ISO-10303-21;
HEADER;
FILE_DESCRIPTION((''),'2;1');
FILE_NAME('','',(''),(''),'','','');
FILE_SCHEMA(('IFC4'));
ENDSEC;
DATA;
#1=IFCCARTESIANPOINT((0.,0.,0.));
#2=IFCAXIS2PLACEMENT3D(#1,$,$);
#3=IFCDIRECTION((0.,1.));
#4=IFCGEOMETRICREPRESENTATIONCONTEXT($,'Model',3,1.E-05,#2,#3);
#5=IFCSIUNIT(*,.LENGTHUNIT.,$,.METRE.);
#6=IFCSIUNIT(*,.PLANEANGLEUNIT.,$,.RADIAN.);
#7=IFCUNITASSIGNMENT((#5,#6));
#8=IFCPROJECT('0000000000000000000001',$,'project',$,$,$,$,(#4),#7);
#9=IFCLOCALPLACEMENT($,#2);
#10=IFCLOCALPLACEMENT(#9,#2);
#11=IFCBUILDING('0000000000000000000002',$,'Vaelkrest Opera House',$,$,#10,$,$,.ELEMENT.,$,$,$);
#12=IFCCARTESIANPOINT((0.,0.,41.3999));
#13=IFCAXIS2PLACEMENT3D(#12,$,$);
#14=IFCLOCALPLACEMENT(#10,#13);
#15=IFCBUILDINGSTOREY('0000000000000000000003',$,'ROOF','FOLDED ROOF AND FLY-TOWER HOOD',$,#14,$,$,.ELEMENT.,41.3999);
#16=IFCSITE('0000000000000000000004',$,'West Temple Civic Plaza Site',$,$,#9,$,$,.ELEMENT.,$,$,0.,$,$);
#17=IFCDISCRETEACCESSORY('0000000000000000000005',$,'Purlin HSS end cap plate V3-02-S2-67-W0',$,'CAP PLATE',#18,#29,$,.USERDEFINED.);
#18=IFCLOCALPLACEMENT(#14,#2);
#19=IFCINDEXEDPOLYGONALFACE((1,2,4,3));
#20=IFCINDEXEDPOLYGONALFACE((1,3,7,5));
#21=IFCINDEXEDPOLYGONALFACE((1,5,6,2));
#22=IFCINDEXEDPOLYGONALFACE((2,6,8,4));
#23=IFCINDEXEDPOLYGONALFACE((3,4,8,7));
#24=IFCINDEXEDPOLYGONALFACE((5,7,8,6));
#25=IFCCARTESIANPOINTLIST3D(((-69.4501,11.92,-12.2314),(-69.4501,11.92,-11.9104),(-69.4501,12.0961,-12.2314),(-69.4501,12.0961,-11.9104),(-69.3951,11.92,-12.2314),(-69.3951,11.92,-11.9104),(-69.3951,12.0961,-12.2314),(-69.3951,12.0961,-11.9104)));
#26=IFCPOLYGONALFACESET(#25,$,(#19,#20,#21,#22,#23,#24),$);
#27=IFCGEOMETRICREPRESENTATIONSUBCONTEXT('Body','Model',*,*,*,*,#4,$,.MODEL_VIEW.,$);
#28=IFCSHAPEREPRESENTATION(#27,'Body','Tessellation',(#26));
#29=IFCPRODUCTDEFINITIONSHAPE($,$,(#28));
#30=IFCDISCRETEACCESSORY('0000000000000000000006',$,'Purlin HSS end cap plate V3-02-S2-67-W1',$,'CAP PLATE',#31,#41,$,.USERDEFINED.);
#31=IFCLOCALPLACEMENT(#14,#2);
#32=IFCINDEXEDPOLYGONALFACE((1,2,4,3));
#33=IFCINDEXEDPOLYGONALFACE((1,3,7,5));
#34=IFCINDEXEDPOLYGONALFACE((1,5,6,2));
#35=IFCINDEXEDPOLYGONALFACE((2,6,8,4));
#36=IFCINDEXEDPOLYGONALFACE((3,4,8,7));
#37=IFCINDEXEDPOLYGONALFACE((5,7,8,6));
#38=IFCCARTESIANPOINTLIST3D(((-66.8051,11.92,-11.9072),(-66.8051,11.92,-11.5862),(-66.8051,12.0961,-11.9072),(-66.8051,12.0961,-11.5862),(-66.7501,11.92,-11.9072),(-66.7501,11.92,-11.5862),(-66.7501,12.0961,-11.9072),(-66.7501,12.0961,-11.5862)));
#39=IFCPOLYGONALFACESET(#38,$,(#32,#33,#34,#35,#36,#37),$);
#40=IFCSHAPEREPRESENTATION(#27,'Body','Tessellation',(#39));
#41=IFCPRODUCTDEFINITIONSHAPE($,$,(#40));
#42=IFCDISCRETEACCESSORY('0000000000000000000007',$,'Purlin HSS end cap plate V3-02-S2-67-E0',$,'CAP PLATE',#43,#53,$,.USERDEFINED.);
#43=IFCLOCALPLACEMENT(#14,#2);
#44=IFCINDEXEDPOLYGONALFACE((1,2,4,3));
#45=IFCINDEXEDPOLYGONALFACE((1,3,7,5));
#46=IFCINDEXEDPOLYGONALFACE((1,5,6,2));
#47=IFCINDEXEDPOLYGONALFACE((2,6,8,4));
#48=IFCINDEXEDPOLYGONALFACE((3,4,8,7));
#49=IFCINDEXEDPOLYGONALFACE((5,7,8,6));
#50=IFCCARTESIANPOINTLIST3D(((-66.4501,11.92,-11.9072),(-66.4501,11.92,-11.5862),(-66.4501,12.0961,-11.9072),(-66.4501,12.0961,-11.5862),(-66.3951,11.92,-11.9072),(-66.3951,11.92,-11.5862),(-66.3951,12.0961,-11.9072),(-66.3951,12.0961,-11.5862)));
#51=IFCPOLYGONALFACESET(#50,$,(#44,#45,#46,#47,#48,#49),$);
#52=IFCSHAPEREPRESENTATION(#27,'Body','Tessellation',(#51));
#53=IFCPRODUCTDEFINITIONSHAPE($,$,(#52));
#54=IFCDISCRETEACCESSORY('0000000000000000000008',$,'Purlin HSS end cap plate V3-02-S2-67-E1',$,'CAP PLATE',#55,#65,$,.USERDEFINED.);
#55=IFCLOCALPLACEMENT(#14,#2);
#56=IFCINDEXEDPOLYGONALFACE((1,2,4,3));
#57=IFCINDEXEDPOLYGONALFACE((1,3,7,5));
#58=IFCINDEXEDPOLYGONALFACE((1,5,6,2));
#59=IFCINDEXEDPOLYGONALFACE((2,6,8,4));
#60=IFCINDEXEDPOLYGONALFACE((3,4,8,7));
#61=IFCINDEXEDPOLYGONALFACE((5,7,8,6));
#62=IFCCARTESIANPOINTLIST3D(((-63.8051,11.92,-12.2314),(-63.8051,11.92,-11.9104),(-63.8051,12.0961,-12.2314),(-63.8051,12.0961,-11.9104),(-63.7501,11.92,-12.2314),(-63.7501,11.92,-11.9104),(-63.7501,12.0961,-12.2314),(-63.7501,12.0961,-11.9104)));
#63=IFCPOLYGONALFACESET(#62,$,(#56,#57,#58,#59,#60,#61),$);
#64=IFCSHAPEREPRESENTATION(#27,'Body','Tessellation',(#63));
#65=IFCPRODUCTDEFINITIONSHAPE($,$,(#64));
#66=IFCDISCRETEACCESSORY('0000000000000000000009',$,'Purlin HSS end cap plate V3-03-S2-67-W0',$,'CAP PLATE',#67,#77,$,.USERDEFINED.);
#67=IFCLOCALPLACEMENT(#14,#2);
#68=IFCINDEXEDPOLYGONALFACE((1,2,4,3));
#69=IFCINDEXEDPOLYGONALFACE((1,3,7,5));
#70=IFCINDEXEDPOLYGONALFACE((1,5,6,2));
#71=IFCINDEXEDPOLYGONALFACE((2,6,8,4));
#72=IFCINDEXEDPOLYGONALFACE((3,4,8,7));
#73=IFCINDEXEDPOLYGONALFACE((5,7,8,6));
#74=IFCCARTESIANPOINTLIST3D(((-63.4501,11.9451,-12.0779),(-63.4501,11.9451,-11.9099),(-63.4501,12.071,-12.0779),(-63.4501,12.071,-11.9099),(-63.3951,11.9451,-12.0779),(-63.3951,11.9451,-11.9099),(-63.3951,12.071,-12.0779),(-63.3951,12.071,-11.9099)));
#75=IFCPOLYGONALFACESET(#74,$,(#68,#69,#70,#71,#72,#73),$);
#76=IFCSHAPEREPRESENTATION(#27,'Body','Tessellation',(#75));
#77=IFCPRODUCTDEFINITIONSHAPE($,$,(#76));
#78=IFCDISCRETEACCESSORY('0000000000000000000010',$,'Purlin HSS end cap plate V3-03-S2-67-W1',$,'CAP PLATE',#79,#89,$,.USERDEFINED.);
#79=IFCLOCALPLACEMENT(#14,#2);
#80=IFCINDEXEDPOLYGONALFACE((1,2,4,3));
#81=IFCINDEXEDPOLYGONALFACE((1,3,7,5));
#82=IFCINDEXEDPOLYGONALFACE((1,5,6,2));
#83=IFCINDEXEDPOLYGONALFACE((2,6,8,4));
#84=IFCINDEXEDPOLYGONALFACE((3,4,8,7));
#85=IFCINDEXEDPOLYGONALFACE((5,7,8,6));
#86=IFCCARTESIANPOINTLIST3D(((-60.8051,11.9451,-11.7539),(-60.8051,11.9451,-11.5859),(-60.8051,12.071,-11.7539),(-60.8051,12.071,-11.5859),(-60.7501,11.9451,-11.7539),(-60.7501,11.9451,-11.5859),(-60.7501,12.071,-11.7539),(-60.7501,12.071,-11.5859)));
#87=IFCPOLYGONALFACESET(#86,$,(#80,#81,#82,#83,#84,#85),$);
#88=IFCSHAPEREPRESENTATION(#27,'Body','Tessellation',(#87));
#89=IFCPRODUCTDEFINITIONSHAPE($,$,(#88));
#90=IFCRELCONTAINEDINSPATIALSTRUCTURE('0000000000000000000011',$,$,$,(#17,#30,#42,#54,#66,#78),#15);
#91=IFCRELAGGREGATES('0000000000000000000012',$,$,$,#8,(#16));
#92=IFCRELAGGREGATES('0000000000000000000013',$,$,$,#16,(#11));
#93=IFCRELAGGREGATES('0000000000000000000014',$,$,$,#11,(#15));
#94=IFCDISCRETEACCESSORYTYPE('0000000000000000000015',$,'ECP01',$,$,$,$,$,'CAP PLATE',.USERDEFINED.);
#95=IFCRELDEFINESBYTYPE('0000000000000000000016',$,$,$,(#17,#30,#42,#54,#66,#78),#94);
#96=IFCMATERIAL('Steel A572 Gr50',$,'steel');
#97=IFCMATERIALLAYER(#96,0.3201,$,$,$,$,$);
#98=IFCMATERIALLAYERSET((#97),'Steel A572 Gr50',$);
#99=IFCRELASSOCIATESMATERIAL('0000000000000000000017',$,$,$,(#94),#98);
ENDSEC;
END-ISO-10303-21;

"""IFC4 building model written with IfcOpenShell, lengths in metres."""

from ifc_helpers import new_model, si_unit, direction, frame, origin, origin_2d, place, context, subcontext, project, spatial, rectangle, extrude, material, layer, layer_set, type_object, element, save


model = new_model("IFC4")

# Units and contexts
model_context = context("Model", 3, precision=1e-05, world=origin(), true_north=direction((0.0, 1.0)))
body_context = subcontext(model_context, "Body", "Model", "MODEL_VIEW")
ifc_project = project(units=[si_unit("LENGTHUNIT", "METRE"), si_unit("PLANEANGLEUNIT", "RADIAN")], contexts=[model_context])

# Site, building, storey
site_placement = place(None, origin())
site = spatial("IfcSite", under=ifc_project, at=site_placement, Name="West Temple Civic Plaza Site", CompositionType="ELEMENT", RefElevation=0.0)
building_placement = place(site_placement, origin())
building = spatial("IfcBuilding", under=site, at=building_placement, Name="Vaelkrest Opera House", CompositionType="ELEMENT")
storey_placement = place(building_placement, frame((0.0, 0.0, 41.3999)))
storey = spatial("IfcBuildingStorey", under=building, at=storey_placement, Name="ROOF", Description="FOLDED ROOF AND FLY-TOWER HOOD", CompositionType="ELEMENT", Elevation=41.3999)

# Shared definitions
ifc_material_1 = material(Name="Steel A572 Gr50", Category="steel")

# Discrete accessories
ifc_layer_1 = layer(ifc_material_1, 0.3201)
ifc_layer_set_1 = layer_set([ifc_layer_1], Name="Steel A572 Gr50")
discrete_accessory_type = type_object("IfcDiscreteAccessoryType", Name="ECP01", ElementType="CAP PLATE", PredefinedType="USERDEFINED", material=ifc_layer_set_1)
for number, where, z_axis, x_axis, name in (
    (1, (-69.4226, 12.0081, -12.2314), (0.0, 0.0, 1.0), (1.0, 0.0, 0.0), "Purlin HSS end cap plate V3-02-S2-67-W0"),
    (2, (-66.7776, 12.0081, -11.9072), (0.0, 0.0, 1.0), (1.0, 0.0, 0.0), "Purlin HSS end cap plate V3-02-S2-67-W1"),
    (3, (-66.4226, 12.0081, -11.9072), (0.0, 0.0, 1.0), (1.0, 0.0, 0.0), "Purlin HSS end cap plate V3-02-S2-67-E0"),
    (4, (-63.7776, 12.0081, -12.2314), (0.0, 0.0, 1.0), (1.0, 0.0, 0.0), "Purlin HSS end cap plate V3-02-S2-67-E1"),
):
    element("IfcDiscreteAccessory", number, at=place(storey_placement, frame(where, z_axis=z_axis, x_axis=x_axis)), inside=storey, type_object=discrete_accessory_type, Name=name, ObjectType="CAP PLATE", PredefinedType="USERDEFINED", context=body_context, shape_type="SweptSolid", body=[
        extrude(rectangle(XDim=0.0549, YDim=0.176, at=origin_2d()), origin(), (0.0, 0.0, 1.0), 0.321),
    ])
for number, where, z_axis, x_axis, name in (
    (5, (-63.4226, 12.0081, -12.0779), (0.0, 0.0, 1.0), (1.0, 0.0, 0.0), "Purlin HSS end cap plate V3-03-S2-67-W0"),
    (6, (-60.7776, 12.0081, -11.7539), (0.0, 0.0, 1.0), (1.0, 0.0, 0.0), "Purlin HSS end cap plate V3-03-S2-67-W1"),
):
    element("IfcDiscreteAccessory", number, at=place(storey_placement, frame(where, z_axis=z_axis, x_axis=x_axis)), inside=storey, type_object=discrete_accessory_type, Name=name, ObjectType="CAP PLATE", PredefinedType="USERDEFINED", context=body_context, shape_type="SweptSolid", body=[
        extrude(rectangle(XDim=0.0549, YDim=0.126, at=origin_2d()), origin(), (0.0, 0.0, 1.0), 0.168),
    ])

save(model, "model.ifc")
